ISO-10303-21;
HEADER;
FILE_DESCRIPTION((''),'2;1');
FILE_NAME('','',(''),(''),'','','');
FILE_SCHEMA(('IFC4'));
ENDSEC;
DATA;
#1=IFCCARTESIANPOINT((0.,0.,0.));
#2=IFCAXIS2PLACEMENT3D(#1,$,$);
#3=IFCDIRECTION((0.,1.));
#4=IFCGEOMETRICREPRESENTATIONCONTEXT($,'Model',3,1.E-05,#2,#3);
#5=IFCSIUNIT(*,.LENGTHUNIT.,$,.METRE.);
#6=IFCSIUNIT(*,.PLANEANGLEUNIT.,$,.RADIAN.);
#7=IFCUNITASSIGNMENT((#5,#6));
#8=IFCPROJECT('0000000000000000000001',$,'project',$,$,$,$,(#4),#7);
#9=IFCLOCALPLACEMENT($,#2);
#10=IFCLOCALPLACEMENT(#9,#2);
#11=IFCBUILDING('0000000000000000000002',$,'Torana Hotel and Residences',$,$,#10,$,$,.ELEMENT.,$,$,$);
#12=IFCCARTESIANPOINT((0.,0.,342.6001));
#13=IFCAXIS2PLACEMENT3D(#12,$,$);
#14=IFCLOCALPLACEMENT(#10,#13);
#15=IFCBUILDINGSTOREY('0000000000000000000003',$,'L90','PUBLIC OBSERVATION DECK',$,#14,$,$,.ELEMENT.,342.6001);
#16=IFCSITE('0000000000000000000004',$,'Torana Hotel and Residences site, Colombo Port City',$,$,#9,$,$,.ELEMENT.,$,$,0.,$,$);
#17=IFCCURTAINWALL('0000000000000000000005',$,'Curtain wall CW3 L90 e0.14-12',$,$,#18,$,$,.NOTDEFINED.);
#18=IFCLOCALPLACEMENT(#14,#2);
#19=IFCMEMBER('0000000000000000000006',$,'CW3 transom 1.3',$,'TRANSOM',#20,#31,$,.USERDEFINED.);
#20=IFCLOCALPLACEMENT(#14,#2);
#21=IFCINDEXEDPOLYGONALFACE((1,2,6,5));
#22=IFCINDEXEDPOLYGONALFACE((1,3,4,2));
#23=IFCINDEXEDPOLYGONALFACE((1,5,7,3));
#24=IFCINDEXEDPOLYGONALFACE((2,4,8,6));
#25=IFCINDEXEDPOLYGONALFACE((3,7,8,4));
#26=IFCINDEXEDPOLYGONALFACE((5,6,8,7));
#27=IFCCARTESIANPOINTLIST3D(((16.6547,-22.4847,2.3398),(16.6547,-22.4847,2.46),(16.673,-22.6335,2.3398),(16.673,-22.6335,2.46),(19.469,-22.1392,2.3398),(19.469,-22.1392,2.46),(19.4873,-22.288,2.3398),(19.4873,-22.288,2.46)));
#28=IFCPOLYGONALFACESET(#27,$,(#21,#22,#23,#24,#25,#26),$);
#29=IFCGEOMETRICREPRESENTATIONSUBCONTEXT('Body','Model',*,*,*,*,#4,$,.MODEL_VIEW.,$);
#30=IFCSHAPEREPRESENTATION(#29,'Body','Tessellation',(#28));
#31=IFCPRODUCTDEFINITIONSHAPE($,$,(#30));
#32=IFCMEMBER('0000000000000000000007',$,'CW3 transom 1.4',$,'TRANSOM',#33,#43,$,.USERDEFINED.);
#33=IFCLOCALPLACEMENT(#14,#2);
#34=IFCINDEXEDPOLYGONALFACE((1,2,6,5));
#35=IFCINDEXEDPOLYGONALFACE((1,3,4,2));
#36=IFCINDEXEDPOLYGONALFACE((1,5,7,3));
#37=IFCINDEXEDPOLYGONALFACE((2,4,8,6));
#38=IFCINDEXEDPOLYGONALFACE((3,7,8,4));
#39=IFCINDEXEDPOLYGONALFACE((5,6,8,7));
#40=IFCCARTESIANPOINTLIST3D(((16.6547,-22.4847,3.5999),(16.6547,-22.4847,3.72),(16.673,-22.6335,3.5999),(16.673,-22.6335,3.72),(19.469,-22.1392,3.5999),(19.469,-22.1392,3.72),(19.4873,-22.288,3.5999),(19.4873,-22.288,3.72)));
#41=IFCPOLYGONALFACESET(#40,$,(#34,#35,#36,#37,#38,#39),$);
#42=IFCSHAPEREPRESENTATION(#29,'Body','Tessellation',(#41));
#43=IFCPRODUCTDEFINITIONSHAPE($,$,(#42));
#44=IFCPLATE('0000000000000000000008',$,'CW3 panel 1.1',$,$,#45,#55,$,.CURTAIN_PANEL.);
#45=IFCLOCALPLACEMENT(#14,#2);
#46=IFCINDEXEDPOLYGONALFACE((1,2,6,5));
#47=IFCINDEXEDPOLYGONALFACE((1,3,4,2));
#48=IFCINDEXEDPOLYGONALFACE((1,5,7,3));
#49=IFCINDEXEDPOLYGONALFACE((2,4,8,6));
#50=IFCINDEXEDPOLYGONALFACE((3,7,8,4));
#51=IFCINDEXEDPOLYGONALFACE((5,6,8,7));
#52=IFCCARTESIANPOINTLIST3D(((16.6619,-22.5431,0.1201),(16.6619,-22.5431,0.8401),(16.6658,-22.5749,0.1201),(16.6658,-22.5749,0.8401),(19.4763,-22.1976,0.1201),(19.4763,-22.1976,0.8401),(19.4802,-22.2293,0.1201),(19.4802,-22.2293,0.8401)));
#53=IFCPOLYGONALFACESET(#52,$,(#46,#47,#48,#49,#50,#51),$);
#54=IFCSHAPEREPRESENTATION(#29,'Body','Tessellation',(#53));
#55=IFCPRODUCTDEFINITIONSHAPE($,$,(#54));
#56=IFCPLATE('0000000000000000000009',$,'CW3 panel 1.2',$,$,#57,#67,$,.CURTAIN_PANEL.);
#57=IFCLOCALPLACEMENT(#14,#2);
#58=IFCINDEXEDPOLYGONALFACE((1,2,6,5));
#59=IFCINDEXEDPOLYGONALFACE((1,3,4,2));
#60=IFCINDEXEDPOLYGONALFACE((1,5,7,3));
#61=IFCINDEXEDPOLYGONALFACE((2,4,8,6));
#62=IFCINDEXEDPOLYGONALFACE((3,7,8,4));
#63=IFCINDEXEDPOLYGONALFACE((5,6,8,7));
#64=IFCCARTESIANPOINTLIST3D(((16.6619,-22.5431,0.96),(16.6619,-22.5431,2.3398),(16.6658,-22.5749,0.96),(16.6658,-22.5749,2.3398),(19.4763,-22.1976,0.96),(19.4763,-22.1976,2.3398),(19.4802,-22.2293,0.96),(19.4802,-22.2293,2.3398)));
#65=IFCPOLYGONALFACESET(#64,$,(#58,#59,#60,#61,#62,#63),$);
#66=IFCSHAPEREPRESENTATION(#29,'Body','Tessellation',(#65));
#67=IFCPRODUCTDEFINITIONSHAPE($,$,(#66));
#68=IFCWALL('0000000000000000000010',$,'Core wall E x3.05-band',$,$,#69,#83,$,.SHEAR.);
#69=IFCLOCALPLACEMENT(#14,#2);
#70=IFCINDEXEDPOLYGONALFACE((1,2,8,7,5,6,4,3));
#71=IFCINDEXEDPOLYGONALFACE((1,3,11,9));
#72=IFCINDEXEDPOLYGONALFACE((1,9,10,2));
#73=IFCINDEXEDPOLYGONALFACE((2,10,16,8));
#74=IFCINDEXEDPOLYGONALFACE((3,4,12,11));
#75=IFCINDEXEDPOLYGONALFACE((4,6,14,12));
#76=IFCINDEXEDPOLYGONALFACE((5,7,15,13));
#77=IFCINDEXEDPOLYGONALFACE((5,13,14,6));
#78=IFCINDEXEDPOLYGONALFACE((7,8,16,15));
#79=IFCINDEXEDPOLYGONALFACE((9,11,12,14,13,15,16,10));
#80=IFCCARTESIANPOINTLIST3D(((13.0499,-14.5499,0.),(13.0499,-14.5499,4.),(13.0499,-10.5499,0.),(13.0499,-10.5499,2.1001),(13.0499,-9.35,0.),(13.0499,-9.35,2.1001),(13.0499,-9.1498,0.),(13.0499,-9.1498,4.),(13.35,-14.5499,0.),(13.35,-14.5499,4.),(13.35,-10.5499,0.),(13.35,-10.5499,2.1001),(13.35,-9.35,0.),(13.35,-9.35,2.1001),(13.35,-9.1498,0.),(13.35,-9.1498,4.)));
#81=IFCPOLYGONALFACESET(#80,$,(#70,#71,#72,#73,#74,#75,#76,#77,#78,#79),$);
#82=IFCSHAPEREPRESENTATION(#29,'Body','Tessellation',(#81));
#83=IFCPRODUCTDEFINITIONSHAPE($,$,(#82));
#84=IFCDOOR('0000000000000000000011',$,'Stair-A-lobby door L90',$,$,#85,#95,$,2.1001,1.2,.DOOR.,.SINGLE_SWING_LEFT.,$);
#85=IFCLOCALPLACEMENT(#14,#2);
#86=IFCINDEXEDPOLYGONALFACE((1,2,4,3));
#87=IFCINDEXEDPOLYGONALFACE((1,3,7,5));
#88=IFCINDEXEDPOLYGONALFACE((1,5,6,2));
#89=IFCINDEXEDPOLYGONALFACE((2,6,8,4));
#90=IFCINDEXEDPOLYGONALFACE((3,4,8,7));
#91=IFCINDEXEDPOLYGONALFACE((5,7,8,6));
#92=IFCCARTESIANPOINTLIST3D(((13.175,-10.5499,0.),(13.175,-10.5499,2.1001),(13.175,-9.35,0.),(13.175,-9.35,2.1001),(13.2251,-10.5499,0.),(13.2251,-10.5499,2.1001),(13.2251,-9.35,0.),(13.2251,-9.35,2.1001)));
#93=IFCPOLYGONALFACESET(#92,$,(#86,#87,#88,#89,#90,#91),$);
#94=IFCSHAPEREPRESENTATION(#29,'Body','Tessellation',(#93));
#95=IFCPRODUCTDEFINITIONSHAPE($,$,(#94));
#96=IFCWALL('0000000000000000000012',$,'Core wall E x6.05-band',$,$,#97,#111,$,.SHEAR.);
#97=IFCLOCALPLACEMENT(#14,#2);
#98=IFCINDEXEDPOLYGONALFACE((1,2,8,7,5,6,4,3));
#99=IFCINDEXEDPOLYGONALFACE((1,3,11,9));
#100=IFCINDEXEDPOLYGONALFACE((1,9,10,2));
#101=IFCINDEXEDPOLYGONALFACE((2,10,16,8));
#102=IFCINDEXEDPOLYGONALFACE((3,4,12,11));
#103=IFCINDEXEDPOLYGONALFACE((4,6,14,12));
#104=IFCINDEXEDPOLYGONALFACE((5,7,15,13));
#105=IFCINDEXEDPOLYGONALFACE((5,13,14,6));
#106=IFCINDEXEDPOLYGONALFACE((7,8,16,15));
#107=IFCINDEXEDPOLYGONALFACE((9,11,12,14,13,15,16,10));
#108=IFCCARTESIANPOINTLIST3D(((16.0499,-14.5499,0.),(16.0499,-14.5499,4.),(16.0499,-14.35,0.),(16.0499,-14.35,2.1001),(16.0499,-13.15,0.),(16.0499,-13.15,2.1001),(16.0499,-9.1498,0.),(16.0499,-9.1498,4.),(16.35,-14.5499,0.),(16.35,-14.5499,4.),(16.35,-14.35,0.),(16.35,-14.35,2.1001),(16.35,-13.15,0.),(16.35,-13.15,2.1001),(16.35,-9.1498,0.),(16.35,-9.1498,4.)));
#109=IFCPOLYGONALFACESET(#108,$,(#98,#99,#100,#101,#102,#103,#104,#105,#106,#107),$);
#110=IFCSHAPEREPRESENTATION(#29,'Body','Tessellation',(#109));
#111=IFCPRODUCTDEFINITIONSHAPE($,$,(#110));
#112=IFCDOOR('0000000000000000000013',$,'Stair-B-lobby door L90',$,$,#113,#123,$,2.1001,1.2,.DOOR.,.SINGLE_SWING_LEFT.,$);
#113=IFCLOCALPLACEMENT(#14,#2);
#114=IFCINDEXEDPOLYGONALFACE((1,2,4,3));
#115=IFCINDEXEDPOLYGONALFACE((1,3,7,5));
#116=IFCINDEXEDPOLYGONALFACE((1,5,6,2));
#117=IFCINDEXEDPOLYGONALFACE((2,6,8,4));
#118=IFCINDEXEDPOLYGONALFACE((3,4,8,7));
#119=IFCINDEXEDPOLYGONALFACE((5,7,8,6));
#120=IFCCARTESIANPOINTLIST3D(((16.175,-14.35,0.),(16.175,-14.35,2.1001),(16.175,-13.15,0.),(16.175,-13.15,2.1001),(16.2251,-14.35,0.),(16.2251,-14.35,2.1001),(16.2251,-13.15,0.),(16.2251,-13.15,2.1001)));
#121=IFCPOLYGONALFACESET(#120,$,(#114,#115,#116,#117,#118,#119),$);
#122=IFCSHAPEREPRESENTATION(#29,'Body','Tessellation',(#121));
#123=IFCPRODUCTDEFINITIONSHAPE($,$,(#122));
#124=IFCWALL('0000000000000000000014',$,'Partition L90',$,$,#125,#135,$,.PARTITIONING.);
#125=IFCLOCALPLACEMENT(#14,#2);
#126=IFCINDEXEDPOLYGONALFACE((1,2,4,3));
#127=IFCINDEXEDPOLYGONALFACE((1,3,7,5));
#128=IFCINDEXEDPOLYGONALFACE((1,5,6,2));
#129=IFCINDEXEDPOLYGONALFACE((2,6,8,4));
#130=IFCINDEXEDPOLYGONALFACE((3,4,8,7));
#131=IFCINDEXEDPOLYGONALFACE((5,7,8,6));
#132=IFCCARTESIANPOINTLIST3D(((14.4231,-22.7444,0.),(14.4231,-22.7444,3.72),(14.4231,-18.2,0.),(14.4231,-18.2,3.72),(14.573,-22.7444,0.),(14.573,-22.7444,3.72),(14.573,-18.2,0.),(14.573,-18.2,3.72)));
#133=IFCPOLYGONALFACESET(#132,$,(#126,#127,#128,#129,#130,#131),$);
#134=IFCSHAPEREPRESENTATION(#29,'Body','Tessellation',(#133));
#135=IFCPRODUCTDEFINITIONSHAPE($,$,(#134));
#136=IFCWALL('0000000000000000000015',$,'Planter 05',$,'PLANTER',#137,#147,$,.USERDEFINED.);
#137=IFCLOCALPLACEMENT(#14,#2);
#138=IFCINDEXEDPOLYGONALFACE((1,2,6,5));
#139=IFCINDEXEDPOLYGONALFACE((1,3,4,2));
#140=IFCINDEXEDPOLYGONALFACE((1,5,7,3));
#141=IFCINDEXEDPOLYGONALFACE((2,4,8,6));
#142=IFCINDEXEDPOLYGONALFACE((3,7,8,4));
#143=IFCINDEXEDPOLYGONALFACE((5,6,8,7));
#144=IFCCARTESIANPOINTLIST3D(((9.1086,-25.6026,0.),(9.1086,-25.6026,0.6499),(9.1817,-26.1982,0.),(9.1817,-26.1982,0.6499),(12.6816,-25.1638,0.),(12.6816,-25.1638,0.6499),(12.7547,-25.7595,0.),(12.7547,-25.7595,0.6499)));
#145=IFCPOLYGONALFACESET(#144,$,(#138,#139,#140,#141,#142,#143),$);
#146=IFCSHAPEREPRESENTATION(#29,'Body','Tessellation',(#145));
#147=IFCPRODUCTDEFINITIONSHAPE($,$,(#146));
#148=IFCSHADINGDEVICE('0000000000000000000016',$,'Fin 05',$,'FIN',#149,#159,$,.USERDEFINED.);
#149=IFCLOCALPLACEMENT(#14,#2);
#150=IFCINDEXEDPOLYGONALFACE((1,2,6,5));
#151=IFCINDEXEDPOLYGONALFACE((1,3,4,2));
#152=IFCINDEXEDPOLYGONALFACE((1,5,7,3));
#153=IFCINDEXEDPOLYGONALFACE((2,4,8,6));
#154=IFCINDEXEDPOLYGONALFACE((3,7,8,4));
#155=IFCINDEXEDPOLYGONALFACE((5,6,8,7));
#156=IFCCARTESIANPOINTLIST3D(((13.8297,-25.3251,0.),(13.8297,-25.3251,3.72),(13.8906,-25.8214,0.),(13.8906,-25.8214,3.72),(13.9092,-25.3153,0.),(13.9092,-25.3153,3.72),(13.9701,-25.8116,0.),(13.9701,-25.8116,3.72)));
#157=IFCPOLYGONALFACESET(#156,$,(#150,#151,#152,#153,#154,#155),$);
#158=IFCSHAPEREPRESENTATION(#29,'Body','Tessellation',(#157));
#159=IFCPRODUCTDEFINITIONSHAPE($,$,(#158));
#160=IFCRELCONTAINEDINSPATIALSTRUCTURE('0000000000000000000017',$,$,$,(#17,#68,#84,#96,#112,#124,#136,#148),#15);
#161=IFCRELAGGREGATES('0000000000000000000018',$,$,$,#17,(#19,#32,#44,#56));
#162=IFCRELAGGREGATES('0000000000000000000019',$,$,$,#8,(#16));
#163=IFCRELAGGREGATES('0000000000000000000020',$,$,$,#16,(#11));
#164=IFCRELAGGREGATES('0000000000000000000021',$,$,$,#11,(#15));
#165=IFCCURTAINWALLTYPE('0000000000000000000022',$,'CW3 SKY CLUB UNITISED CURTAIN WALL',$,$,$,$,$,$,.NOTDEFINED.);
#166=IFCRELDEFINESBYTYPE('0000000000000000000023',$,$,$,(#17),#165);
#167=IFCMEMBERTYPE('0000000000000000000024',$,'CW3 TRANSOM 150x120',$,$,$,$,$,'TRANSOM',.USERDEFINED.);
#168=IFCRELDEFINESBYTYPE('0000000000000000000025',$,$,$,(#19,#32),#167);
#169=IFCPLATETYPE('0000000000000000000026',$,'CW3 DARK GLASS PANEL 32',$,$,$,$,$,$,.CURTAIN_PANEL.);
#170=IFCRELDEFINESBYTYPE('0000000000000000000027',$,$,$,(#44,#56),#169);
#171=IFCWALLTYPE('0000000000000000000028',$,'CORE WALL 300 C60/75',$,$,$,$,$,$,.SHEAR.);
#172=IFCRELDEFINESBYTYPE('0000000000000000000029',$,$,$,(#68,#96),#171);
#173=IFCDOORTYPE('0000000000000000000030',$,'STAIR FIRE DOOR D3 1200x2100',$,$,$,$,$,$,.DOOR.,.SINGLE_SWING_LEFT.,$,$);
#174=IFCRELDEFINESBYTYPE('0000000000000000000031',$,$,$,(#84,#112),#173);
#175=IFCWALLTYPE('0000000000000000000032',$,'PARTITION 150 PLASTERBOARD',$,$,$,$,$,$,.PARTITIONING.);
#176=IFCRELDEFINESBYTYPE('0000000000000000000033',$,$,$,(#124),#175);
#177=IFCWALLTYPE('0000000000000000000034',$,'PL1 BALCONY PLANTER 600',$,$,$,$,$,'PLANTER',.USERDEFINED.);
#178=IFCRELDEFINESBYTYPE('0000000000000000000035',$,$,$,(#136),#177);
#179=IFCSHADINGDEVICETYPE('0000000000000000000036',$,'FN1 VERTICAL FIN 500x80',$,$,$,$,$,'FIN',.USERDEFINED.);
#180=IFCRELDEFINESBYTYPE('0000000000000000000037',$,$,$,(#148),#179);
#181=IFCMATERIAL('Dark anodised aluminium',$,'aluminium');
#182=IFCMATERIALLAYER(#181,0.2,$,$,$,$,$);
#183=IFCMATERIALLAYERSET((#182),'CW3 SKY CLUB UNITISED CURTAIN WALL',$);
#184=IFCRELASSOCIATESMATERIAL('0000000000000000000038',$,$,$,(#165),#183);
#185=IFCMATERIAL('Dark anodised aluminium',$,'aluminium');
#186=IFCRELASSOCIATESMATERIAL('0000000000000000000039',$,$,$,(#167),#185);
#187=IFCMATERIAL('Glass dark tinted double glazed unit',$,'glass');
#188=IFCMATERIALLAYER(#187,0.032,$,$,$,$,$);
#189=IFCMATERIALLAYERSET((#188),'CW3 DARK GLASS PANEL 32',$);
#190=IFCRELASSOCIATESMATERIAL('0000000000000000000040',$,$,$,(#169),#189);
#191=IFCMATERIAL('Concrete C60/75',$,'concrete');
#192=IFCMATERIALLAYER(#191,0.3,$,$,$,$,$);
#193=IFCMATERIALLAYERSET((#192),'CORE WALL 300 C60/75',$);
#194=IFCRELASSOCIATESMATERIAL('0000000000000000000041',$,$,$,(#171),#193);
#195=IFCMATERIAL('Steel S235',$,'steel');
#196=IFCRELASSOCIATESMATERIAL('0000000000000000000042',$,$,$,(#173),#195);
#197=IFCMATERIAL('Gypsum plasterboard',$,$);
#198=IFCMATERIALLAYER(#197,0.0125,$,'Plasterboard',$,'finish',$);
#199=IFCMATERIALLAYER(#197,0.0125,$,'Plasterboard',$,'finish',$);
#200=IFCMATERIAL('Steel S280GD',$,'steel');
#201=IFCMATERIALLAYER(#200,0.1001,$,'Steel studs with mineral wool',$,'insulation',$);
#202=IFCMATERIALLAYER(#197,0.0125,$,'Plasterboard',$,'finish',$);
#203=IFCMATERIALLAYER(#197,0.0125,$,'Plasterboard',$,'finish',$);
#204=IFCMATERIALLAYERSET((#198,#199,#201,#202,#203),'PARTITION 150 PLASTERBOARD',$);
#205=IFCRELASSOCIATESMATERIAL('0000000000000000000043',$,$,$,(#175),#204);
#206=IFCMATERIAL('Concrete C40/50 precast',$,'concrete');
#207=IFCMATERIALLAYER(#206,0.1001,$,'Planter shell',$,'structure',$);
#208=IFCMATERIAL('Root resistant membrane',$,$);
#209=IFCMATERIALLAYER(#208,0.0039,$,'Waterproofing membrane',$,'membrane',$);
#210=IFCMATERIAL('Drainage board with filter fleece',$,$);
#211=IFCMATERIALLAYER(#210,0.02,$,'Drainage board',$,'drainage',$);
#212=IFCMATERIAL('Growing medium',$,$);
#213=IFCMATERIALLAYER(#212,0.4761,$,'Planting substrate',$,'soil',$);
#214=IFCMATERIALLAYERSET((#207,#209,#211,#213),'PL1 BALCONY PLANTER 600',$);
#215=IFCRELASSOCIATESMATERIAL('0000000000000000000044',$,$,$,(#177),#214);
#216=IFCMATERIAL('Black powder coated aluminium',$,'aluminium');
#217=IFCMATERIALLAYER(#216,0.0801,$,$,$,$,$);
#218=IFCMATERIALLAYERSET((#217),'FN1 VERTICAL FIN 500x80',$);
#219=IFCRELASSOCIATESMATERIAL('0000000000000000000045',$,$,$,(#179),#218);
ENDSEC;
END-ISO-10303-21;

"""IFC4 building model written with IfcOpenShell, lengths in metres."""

from ifc_helpers import new_model, si_unit, direction, frame, frame_2d, origin, origin_2d, place, context, subcontext, project, spatial, rectangle, extrude, material, layer, layer_set, material_profile, profile_set, type_object, element, fill, aggregate, save


model = new_model("IFC4")

# Units and contexts
model_context = context("Model", 3, precision=1e-05, world=origin(), true_north=direction((0.0, 1.0)))
body_context = subcontext(model_context, "Body", "Model", "MODEL_VIEW")
ifc_project = project(units=[si_unit("LENGTHUNIT", "METRE"), si_unit("PLANEANGLEUNIT", "RADIAN")], contexts=[model_context])

# Site, building, storey
site_placement = place(None, origin())
site = spatial("IfcSite", under=ifc_project, at=site_placement, Name="Torana Hotel and Residences site, Colombo Port City", CompositionType="ELEMENT", RefElevation=0.0)
building_placement = place(site_placement, origin())
building = spatial("IfcBuilding", under=site, at=building_placement, Name="Torana Hotel and Residences", CompositionType="ELEMENT")
storey_placement = place(building_placement, frame((0.0, 0.0, 342.6001)))
storey = spatial("IfcBuildingStorey", under=building, at=storey_placement, Name="L90", Description="PUBLIC OBSERVATION DECK", CompositionType="ELEMENT", Elevation=342.6001)

# Shared definitions
ifc_material_1 = material(Name="Dark anodised aluminium", Category="aluminium")
ifc_layer_1 = layer(ifc_material_1, 0.2)
ifc_layer_set_1 = layer_set([ifc_layer_1], Name="CW3 SKY CLUB UNITISED CURTAIN WALL")
curtain_wall_type = type_object("IfcCurtainWallType", Name="CW3 SKY CLUB UNITISED CURTAIN WALL", PredefinedType="NOTDEFINED", material=ifc_layer_set_1)

# Curtain wall, members, plates
curtain_wall_1_placement = place(storey_placement, origin())
curtain_wall_1 = element("IfcCurtainWall", 1, at=curtain_wall_1_placement, inside=storey, type_object=curtain_wall_type, Name="Curtain wall CW3 L90 e0.14-12", PredefinedType="NOTDEFINED")
ifc_material_2 = material(Name="Dark anodised aluminium", Category="aluminium")
ifc_material_profile_1 = material_profile(ifc_material_2, rectangle(XDim=0.1499, YDim=0.1201, at=origin_2d()), Name="CW3 TRANSOM 150x120")
ifc_profile_set_1 = profile_set([ifc_material_profile_1], Name="Dark anodised aluminium")
member_type_1 = type_object("IfcMemberType", Name="CW3 TRANSOM 150x120", ElementType="TRANSOM", PredefinedType="USERDEFINED", material=ifc_profile_set_1)
member_1_placement = place(storey_placement, frame((16.6638, -22.5591, 2.3999), z_axis=(0.99255, 0.121841, 0.0), x_axis=(-0.121841, 0.99255, 0.0)))
member_1 = element("IfcMember", 2, at=member_1_placement, type_object=member_type_1, Name="CW3 transom 1.3", ObjectType="TRANSOM", PredefinedType="USERDEFINED", context=body_context, shape_type="SweptSolid", body=[
    extrude(rectangle(XDim=0.1499, YDim=0.1201, at=origin_2d()), origin(), (0.0, 0.0, 1.0), 2.8354),
])
member_2_placement = place(storey_placement, frame((16.6638, -22.5591, 3.6599), z_axis=(0.99255, 0.121841, 0.0), x_axis=(-0.121841, 0.99255, 0.0)))
member_2 = element("IfcMember", 3, at=member_2_placement, type_object=member_type_1, Name="CW3 transom 1.4", ObjectType="TRANSOM", PredefinedType="USERDEFINED", context=body_context, shape_type="SweptSolid", body=[
    extrude(rectangle(XDim=0.1499, YDim=0.1201, at=origin_2d()), origin(), (0.0, 0.0, 1.0), 2.8354),
])
ifc_material_3 = material(Name="Glass dark tinted double glazed unit", Category="glass")
ifc_layer_2 = layer(ifc_material_3, 0.032)
ifc_layer_set_2 = layer_set([ifc_layer_2], Name="CW3 DARK GLASS PANEL 32")
plate_type = type_object("IfcPlateType", Name="CW3 DARK GLASS PANEL 32", PredefinedType="CURTAIN_PANEL", material=ifc_layer_set_2)
plate_1_placement = place(storey_placement, frame((18.071, -22.3862, 0.1201), z_axis=(0.0, 0.0, 1.0), x_axis=(0.992547, 0.121863, 0.0)))
plate_1 = element("IfcPlate", 4, at=plate_1_placement, type_object=plate_type, Name="CW3 panel 1.1", PredefinedType="CURTAIN_PANEL", context=body_context, shape_type="SweptSolid", body=[
    extrude(rectangle(XDim=2.8354, YDim=0.032, at=origin_2d()), origin(), (0.0, 0.0, 1.0), 0.72),
])
plate_2_placement = place(storey_placement, frame((18.071, -22.3862, 0.96), z_axis=(0.0, 0.0, 1.0), x_axis=(0.992547, 0.121863, 0.0)))
plate_2 = element("IfcPlate", 5, at=plate_2_placement, type_object=plate_type, Name="CW3 panel 1.2", PredefinedType="CURTAIN_PANEL", context=body_context, shape_type="SweptSolid", body=[
    extrude(rectangle(XDim=2.8354, YDim=0.032, at=origin_2d()), origin(), (0.0, 0.0, 1.0), 1.3799),
])
aggregate(curtain_wall_1, [member_1, member_2, plate_1, plate_2])

# Walls, openings, doors
ifc_material_4 = material(Name="Concrete C60/75", Category="concrete")
ifc_layer_3 = layer(ifc_material_4, 0.3)
ifc_layer_set_3 = layer_set([ifc_layer_3], Name="CORE WALL 300 C60/75")
wall_type_1 = type_object("IfcWallType", Name="CORE WALL 300 C60/75", PredefinedType="SHEAR", material=ifc_layer_set_3)
wall_1_placement = place(storey_placement, frame((13.2, -14.55, 0.0), z_axis=(0.0, 0.0, 1.0), x_axis=(0.0, 1.0, 0.0)))
wall_1 = element("IfcWall", 6, at=wall_1_placement, inside=storey, type_object=wall_type_1, Name="Core wall E x3.05-band", PredefinedType="SHEAR", context=body_context, shape_type="SweptSolid", body=[
    extrude(rectangle(XDim=5.4001, YDim=0.3, at=frame_2d((2.7002, 0.0))), origin(), (0.0, 0.0, 1.0), 4.0),
])
opening_1_placement = place(wall_1_placement, frame((4.0, 0.0, 0.0)))
opening_1 = element("IfcOpeningElement", 7, at=opening_1_placement, cuts=wall_1, PredefinedType="OPENING", context=body_context, shape_type="SweptSolid", body=[
    extrude(rectangle(XDim=1.2, YDim=2.1001, at=frame_2d((0.6001, 1.05))), frame((0.0, 0.1599, 0.0), z_axis=(0.0, -1.0, 0.0), x_axis=(1.0, 0.0, 0.0)), (0.0, 0.0, 1.0), 0.3201),
])
ifc_material_5 = material(Name="Steel S235", Category="steel")
door_type_1 = type_object("IfcDoorType", Name="STAIR FIRE DOOR D3 1200x2100", OperationType="SINGLE_SWING_LEFT", PredefinedType="DOOR", material=ifc_material_5)
door_1_placement = place(opening_1_placement, origin())
door_1 = element("IfcDoor", 8, at=door_1_placement, inside=storey, type_object=door_type_1, Name="Stair-A-lobby door L90", OperationType="SINGLE_SWING_LEFT", OverallHeight=2.1001, OverallWidth=1.2, PredefinedType="DOOR", context=body_context, shape_type="SweptSolid", body=[
    extrude(rectangle(XDim=1.2, YDim=2.1001, at=frame_2d((0.6001, 1.05))), frame((0.0, 0.0249, 0.0), z_axis=(0.0, -1.0, 0.0), x_axis=(1.0, 0.0, 0.0)), (0.0, 0.0, 1.0), 0.05),
])
fill(opening_1, door_1)
wall_2_placement = place(storey_placement, frame((16.2, -14.55, 0.0), z_axis=(0.0, 0.0, 1.0), x_axis=(0.0, 1.0, 0.0)))
wall_2 = element("IfcWall", 9, at=wall_2_placement, inside=storey, type_object=wall_type_1, Name="Core wall E x6.05-band", PredefinedType="SHEAR", context=body_context, shape_type="SweptSolid", body=[
    extrude(rectangle(XDim=5.4001, YDim=0.3, at=frame_2d((2.7002, 0.0))), origin(), (0.0, 0.0, 1.0), 4.0),
])
opening_2_placement = place(wall_2_placement, frame((0.2, 0.0, 0.0)))
opening_2 = element("IfcOpeningElement", 10, at=opening_2_placement, cuts=wall_2, PredefinedType="OPENING", context=body_context, shape_type="SweptSolid", body=[
    extrude(rectangle(XDim=1.2, YDim=2.1001, at=frame_2d((0.6001, 1.05))), frame((0.0, 0.1599, 0.0), z_axis=(0.0, -1.0, 0.0), x_axis=(1.0, 0.0, 0.0)), (0.0, 0.0, 1.0), 0.3201),
])
door_2_placement = place(opening_2_placement, frame((0.6001, 0.0, 0.0), z_axis=(0.0, 0.0, 1.0), x_axis=(-1.0, 0.0, 0.0)))
door_2 = element("IfcDoor", 11, at=door_2_placement, inside=storey, type_object=door_type_1, Name="Stair-B-lobby door L90", OperationType="SINGLE_SWING_LEFT", OverallHeight=2.1001, OverallWidth=1.2, PredefinedType="DOOR", context=body_context, shape_type="SweptSolid", body=[
    extrude(rectangle(XDim=1.2, YDim=2.1001, at=frame_2d((0.0, 1.05))), frame((0.0, -0.0249, 0.0), z_axis=(0.0, 1.0, 0.0), x_axis=(-1.0, 0.0, 0.0)), (0.0, 0.0, 1.0), 0.05),
])
fill(opening_2, door_2)

# Walls
ifc_material_6 = material(Name="Gypsum plasterboard")
ifc_layer_4 = layer(ifc_material_6, 0.0125, Name="Plasterboard", Category="finish")
ifc_layer_5 = layer(ifc_material_6, 0.0125, Name="Plasterboard", Category="finish")
ifc_material_7 = material(Name="Steel S280GD", Category="steel")
ifc_layer_6 = layer(ifc_material_7, 0.1001, Name="Steel studs with mineral wool", Category="insulation")
ifc_layer_7 = layer(ifc_material_6, 0.0125, Name="Plasterboard", Category="finish")
ifc_layer_8 = layer(ifc_material_6, 0.0125, Name="Plasterboard", Category="finish")
ifc_layer_set_4 = layer_set([ifc_layer_4, ifc_layer_5, ifc_layer_6, ifc_layer_7, ifc_layer_8], Name="PARTITION 150 PLASTERBOARD")
wall_type_2 = type_object("IfcWallType", Name="PARTITION 150 PLASTERBOARD", PredefinedType="PARTITIONING", material=ifc_layer_set_4)
wall_3_placement = place(storey_placement, frame((14.498, -22.7444, 0.0), z_axis=(0.0, 0.0, 1.0), x_axis=(0.0, 1.0, 0.0)))
element("IfcWall", 12, at=wall_3_placement, inside=storey, type_object=wall_type_2, Name="Partition L90", PredefinedType="PARTITIONING", context=body_context, shape_type="SweptSolid", body=[
    extrude(rectangle(XDim=4.5444, YDim=0.1499, at=frame_2d((2.2722, 0.0))), origin(), (0.0, 0.0, 1.0), 3.72),
])
ifc_material_8 = material(Name="Concrete C40/50 precast", Category="concrete")
ifc_layer_9 = layer(ifc_material_8, 0.1001, Name="Planter shell", Category="structure")
ifc_material_9 = material(Name="Root resistant membrane")
ifc_layer_10 = layer(ifc_material_9, 0.0039, Name="Waterproofing membrane", Category="membrane")
ifc_material_10 = material(Name="Drainage board with filter fleece")
ifc_layer_11 = layer(ifc_material_10, 0.02, Name="Drainage board", Category="drainage")
ifc_material_11 = material(Name="Growing medium")
ifc_layer_12 = layer(ifc_material_11, 0.4761, Name="Planting substrate", Category="soil")
ifc_layer_set_5 = layer_set([ifc_layer_9, ifc_layer_10, ifc_layer_11, ifc_layer_12], Name="PL1 BALCONY PLANTER 600")
wall_type_3 = type_object("IfcWallType", Name="PL1 BALCONY PLANTER 600", ElementType="PLANTER", PredefinedType="USERDEFINED", material=ifc_layer_set_5)
wall_4_placement = place(storey_placement, frame((12.718, -25.4617, 0.0), z_axis=(0.0, 0.0, 1.0), x_axis=(-0.992546, -0.121873, 0.0)))
element("IfcWall", 13, at=wall_4_placement, inside=storey, type_object=wall_type_3, Name="Planter 05", ObjectType="PLANTER", PredefinedType="USERDEFINED", context=body_context, shape_type="SweptSolid", body=[
    extrude(rectangle(XDim=3.5999, YDim=0.6001, at=frame_2d((1.7998, 0.0))), origin(), (0.0, 0.0, 1.0), 0.6499),
])

# Shading device
ifc_material_12 = material(Name="Black powder coated aluminium", Category="aluminium")
ifc_layer_13 = layer(ifc_material_12, 0.0801)
ifc_layer_set_6 = layer_set([ifc_layer_13], Name="FN1 VERTICAL FIN 500x80")
shading_device_type = type_object("IfcShadingDeviceType", Name="FN1 VERTICAL FIN 500x80", ElementType="FIN", PredefinedType="USERDEFINED", material=ifc_layer_set_6)
shading_device_placement = place(storey_placement, frame((13.8999, -25.5684, 0.0), z_axis=(0.0, 0.0, 1.0), x_axis=(-0.992547, -0.121866, 0.0)))
element("IfcShadingDevice", 14, at=shading_device_placement, inside=storey, type_object=shading_device_type, Name="Fin 05", ObjectType="FIN", PredefinedType="USERDEFINED", context=body_context, shape_type="SweptSolid", body=[
    extrude(rectangle(XDim=0.0801, YDim=0.5, at=origin_2d()), origin(), (0.0, 0.0, 1.0), 3.72),
])

save(model, "model.ifc")
